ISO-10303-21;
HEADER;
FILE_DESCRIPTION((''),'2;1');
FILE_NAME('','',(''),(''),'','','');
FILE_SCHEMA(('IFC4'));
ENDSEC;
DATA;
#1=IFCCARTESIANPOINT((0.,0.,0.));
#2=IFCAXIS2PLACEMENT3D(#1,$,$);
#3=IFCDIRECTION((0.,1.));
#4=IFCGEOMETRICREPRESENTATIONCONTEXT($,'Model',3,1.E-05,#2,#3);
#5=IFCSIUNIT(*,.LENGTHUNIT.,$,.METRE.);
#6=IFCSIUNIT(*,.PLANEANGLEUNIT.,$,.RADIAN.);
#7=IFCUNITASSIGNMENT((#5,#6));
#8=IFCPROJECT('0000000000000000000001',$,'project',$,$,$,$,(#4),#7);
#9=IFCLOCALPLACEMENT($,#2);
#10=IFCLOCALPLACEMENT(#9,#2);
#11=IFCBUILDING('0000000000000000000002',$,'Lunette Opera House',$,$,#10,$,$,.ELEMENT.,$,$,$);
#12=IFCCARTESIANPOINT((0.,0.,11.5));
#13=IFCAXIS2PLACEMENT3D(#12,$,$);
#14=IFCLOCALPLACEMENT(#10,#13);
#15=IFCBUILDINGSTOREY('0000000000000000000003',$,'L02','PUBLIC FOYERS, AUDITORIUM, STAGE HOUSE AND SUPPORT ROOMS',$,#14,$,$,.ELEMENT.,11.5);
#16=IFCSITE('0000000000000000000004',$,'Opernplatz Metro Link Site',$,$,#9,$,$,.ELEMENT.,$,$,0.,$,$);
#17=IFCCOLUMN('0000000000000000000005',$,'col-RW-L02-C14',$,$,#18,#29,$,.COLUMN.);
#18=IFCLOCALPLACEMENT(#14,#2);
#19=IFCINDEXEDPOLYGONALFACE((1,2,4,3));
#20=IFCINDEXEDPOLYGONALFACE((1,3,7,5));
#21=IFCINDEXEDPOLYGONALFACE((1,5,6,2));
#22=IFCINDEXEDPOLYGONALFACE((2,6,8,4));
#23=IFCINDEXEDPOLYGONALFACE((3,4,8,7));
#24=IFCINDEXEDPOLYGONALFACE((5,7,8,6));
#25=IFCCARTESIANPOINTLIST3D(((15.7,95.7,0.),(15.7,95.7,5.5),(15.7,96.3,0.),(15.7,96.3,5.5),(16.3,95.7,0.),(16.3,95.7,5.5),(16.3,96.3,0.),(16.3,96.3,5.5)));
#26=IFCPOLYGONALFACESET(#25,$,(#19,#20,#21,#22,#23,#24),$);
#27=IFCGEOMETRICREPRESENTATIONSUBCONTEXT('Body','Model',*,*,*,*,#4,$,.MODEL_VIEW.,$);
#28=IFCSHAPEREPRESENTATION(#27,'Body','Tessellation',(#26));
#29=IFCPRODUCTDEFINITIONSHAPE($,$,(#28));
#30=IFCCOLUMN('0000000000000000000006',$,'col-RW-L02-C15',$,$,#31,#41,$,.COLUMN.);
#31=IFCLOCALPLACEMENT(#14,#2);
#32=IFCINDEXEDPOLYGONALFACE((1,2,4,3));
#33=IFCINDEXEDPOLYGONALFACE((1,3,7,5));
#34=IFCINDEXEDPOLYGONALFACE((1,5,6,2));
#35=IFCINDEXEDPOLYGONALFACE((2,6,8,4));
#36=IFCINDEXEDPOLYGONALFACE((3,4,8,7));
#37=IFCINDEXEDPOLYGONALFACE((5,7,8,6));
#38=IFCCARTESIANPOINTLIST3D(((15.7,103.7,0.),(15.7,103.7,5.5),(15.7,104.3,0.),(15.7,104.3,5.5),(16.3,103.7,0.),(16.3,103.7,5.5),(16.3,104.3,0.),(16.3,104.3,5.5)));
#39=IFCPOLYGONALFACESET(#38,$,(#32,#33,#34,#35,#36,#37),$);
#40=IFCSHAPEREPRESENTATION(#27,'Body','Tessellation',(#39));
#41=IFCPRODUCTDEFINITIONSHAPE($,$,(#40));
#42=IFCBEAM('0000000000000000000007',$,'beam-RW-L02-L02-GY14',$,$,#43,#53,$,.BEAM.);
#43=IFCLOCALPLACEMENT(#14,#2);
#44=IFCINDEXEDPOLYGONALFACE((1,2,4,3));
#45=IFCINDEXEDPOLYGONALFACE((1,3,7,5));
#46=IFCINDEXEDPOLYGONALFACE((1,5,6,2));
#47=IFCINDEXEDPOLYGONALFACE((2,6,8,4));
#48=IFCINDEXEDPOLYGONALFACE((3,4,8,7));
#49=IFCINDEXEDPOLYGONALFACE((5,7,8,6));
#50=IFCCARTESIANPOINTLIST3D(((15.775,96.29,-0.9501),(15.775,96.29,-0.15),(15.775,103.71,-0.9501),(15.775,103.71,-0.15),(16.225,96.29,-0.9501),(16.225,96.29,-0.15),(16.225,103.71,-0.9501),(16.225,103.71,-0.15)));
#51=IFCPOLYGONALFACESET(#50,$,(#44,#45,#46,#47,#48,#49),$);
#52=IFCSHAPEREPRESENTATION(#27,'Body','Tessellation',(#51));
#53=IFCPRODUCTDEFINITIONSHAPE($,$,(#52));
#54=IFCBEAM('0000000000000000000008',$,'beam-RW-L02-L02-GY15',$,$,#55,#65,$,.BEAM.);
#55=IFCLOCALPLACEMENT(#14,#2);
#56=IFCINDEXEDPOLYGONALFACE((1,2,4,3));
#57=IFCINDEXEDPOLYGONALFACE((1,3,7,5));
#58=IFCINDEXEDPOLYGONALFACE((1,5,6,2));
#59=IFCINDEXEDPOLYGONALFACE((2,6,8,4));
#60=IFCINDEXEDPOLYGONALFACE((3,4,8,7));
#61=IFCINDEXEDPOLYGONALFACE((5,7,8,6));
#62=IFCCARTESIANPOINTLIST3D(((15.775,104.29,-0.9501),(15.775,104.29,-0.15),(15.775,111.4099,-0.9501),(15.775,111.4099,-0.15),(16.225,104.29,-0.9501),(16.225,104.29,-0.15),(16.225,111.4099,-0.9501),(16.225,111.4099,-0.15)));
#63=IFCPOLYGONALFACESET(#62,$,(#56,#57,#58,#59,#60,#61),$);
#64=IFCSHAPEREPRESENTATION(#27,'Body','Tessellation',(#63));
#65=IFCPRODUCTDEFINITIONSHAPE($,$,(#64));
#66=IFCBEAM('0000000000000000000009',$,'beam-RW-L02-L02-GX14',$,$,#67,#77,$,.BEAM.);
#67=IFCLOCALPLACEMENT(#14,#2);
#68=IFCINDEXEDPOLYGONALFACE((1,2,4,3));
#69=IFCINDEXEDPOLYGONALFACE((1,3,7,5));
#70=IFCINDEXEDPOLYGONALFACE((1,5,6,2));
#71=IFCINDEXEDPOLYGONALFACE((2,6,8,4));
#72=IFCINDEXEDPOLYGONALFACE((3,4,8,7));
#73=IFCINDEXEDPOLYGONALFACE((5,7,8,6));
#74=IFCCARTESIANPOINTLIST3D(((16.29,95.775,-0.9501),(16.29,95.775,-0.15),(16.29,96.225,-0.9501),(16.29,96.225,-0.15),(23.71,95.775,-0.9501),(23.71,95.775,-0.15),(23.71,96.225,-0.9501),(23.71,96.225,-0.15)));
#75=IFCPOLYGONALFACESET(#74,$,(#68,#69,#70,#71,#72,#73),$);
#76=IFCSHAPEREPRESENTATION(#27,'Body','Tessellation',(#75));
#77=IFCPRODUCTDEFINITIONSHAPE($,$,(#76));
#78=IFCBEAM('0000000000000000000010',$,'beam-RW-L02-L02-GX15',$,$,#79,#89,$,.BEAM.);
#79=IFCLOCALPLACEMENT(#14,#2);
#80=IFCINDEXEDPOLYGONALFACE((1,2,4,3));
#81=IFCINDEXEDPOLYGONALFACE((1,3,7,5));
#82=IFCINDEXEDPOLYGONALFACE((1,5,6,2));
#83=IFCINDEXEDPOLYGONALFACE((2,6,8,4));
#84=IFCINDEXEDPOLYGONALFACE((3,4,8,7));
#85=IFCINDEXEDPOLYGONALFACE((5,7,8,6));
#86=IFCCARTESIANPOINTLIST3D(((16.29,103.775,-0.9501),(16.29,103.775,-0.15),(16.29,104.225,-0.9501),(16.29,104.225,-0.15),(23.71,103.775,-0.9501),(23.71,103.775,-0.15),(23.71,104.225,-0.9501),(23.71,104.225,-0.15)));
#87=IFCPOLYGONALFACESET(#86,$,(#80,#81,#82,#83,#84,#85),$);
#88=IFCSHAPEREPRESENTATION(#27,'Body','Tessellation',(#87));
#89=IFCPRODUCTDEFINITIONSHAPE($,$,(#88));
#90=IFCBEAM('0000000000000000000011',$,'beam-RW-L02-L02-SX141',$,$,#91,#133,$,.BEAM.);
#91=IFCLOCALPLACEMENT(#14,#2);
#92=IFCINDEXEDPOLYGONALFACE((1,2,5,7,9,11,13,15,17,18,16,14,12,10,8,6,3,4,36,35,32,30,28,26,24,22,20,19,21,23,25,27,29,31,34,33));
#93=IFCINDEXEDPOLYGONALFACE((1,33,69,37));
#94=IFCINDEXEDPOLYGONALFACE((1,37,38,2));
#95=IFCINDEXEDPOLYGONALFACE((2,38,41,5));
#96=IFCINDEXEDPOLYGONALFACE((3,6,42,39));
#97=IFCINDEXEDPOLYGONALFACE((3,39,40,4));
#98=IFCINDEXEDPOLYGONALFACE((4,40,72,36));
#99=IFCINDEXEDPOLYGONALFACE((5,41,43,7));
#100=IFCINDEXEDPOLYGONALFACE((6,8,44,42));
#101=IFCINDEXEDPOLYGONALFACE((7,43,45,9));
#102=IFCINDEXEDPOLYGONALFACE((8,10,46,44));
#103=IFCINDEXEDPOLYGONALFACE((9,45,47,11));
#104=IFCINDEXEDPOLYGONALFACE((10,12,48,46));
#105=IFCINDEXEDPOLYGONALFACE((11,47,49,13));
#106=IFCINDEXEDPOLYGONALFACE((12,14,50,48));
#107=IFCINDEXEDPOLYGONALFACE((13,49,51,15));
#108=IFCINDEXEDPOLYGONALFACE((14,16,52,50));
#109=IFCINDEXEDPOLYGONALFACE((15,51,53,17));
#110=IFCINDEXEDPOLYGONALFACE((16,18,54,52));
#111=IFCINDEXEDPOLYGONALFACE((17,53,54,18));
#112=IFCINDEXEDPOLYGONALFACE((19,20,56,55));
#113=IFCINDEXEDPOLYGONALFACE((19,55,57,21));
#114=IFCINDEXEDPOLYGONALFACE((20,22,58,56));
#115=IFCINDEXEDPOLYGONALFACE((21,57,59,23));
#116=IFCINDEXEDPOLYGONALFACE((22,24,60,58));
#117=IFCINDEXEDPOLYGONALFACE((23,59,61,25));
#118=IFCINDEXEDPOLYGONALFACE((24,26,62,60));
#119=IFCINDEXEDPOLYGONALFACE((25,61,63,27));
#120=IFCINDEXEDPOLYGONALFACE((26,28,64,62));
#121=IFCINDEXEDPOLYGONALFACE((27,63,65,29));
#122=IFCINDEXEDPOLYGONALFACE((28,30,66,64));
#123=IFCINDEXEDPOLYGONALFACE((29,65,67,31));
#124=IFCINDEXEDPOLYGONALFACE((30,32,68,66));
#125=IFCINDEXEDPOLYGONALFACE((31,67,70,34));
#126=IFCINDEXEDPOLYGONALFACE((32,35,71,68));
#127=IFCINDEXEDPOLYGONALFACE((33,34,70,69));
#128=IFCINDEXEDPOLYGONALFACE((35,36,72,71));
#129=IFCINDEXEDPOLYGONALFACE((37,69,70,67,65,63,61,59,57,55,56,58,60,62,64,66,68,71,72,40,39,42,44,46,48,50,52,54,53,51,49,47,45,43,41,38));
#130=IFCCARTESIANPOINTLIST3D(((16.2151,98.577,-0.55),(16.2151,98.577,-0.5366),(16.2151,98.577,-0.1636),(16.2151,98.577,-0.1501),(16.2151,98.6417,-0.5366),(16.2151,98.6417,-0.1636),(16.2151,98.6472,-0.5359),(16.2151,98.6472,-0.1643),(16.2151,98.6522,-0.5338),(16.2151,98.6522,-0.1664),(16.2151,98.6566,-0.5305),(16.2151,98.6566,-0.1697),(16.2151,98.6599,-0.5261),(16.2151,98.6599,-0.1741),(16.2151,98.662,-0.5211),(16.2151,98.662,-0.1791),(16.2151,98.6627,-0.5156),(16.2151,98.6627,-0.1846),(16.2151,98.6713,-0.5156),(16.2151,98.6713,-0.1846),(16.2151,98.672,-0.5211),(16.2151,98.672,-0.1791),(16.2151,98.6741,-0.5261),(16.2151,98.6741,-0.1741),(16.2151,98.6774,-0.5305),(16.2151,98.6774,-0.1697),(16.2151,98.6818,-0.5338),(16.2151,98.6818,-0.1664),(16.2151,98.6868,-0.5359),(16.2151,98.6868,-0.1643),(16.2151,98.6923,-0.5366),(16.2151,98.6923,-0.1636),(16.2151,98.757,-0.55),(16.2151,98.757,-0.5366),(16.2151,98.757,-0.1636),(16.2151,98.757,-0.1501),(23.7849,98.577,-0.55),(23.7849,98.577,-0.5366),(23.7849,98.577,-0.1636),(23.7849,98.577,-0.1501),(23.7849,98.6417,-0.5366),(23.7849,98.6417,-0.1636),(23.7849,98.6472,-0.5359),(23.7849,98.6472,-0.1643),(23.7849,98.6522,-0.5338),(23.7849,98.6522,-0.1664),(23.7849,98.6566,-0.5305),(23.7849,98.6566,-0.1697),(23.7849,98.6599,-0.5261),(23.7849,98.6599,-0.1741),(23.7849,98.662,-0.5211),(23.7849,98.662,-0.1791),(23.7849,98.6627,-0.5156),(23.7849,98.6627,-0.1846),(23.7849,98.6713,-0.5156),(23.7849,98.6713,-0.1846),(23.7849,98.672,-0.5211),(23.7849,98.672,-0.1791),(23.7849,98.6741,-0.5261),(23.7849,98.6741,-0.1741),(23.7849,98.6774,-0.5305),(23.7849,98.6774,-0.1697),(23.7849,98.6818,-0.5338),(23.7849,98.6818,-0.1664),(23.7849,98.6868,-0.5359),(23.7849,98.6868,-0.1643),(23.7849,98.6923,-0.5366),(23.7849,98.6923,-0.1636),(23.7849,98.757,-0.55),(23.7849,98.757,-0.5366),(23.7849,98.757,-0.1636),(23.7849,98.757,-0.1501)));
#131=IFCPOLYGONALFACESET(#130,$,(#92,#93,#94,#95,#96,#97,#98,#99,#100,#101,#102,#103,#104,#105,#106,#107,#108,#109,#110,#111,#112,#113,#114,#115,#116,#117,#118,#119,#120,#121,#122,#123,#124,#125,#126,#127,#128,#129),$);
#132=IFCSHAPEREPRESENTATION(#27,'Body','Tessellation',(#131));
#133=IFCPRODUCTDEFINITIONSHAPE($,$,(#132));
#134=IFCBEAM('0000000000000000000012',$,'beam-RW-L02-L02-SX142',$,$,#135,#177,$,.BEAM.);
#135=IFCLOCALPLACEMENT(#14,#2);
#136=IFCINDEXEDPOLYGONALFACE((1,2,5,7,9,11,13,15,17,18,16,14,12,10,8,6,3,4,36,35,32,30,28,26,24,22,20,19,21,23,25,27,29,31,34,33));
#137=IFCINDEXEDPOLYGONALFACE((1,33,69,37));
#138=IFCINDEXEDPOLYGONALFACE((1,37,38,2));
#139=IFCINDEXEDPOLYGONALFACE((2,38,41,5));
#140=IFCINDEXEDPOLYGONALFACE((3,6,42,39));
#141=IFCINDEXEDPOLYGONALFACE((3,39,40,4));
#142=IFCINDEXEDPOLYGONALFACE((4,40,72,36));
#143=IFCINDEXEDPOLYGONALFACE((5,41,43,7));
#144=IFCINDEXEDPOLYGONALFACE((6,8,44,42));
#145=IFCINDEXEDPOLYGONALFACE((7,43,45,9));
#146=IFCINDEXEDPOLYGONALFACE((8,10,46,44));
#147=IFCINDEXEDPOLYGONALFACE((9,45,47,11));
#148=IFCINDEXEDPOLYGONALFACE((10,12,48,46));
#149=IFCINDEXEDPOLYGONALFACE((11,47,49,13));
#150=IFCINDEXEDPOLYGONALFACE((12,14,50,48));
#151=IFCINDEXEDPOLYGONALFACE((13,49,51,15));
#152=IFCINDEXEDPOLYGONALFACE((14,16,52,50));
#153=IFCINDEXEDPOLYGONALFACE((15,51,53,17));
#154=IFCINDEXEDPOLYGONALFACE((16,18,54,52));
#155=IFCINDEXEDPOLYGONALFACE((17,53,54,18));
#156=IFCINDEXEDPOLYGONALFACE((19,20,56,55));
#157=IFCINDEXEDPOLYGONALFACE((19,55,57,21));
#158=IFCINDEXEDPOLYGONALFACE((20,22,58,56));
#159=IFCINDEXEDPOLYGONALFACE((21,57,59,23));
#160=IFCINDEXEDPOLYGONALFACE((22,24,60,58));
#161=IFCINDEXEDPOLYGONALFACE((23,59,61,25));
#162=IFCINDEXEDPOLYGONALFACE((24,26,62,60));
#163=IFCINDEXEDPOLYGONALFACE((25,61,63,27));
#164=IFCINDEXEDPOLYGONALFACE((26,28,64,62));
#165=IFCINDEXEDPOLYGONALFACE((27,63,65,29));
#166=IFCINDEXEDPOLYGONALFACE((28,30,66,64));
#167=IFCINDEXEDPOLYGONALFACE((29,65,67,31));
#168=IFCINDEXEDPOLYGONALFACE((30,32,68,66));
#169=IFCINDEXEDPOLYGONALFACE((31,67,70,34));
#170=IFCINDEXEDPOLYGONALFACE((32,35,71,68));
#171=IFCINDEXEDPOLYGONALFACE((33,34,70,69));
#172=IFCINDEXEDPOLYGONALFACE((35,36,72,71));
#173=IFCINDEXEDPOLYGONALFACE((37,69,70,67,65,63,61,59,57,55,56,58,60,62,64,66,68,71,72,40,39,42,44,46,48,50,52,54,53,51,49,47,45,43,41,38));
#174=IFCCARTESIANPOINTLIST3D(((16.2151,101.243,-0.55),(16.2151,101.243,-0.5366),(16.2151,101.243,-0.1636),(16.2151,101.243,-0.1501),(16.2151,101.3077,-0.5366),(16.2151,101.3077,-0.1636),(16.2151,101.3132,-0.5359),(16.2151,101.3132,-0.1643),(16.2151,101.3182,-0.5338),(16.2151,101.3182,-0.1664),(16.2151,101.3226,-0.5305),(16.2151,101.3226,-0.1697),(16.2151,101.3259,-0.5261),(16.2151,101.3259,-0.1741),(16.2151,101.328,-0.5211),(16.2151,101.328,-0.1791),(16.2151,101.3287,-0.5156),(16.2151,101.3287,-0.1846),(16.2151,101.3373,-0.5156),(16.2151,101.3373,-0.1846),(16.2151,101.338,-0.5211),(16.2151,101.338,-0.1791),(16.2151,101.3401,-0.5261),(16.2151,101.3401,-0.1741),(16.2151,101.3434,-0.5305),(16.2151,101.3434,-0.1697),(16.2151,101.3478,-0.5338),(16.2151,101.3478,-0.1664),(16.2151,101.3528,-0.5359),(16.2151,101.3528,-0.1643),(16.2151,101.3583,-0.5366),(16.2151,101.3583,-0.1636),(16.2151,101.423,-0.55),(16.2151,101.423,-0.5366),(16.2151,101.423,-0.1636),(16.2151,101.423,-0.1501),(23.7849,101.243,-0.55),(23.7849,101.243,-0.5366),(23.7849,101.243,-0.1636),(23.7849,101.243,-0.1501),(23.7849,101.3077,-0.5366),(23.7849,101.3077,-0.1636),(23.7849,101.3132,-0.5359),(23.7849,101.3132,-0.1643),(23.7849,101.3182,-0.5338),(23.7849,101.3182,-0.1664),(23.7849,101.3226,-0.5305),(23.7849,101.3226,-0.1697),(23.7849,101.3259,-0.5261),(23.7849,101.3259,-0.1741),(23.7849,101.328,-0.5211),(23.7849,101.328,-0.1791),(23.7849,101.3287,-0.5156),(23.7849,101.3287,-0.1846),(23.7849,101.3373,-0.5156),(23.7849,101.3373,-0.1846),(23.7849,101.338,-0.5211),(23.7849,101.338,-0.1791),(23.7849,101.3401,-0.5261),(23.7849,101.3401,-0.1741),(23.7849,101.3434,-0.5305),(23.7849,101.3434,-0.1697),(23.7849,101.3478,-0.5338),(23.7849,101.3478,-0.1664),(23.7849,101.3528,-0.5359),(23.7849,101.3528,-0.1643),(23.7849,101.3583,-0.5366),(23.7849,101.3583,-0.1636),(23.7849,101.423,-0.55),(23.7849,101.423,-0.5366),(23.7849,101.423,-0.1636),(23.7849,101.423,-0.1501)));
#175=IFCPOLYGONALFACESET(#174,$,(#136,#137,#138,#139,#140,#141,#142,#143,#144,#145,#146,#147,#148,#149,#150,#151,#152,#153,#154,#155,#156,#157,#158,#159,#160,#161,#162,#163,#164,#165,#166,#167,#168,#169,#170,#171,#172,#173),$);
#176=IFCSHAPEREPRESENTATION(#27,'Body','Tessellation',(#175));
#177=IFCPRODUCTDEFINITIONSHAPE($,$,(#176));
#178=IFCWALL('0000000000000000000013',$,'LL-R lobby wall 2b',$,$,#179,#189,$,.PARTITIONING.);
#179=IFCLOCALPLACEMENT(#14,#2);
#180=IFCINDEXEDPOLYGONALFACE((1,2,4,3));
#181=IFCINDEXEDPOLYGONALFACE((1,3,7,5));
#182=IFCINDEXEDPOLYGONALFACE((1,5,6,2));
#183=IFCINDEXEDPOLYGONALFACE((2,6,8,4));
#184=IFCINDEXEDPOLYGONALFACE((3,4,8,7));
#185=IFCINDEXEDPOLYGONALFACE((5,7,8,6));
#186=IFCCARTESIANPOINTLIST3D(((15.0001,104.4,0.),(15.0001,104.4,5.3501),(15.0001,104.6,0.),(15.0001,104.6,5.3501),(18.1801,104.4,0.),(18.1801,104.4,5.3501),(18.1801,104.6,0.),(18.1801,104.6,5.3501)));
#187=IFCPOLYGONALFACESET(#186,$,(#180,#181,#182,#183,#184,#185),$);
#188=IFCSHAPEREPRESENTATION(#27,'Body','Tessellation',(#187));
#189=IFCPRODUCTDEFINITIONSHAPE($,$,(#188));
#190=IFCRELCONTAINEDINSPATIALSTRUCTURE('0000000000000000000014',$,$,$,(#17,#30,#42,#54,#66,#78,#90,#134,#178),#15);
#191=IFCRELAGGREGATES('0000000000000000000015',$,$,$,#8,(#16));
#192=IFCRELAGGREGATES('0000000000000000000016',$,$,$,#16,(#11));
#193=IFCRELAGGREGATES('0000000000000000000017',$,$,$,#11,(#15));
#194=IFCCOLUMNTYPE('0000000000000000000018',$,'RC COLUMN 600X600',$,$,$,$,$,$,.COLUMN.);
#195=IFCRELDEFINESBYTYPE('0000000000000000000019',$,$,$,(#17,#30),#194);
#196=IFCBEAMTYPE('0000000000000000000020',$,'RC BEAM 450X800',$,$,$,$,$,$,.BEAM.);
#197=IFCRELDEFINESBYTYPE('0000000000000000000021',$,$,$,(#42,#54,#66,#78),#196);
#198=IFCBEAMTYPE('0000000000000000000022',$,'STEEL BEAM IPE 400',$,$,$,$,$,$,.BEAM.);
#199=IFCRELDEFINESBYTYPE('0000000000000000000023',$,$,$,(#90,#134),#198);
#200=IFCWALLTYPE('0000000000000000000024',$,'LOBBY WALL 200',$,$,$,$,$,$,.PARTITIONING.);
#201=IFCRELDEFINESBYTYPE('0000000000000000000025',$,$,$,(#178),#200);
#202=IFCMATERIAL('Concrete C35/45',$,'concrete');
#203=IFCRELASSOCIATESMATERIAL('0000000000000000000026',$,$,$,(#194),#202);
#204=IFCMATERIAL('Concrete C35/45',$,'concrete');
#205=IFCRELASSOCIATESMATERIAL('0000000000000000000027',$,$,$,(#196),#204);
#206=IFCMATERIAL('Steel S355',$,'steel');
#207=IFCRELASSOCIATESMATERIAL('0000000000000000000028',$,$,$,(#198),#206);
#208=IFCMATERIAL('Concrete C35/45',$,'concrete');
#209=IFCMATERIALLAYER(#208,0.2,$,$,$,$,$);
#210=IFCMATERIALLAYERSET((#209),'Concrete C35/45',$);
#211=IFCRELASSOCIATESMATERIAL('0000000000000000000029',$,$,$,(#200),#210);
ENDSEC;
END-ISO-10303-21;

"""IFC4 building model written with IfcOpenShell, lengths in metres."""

from ifc_helpers import new_model, si_unit, direction, frame, frame_2d, origin, origin_2d, place, context, subcontext, project, spatial, rectangle, i_section, extrude, material, layer, layer_set, material_profile, profile_set, type_object, element, save


model = new_model("IFC4")

# Units and contexts
model_context = context("Model", 3, precision=1e-05, world=origin(), true_north=direction((0.0, 1.0)))
body_context = subcontext(model_context, "Body", "Model", "MODEL_VIEW")
ifc_project = project(units=[si_unit("LENGTHUNIT", "METRE"), si_unit("PLANEANGLEUNIT", "RADIAN")], contexts=[model_context])

# Site, building, storey
site_placement = place(None, origin())
site = spatial("IfcSite", under=ifc_project, at=site_placement, Name="Opernplatz Metro Link Site", CompositionType="ELEMENT", RefElevation=0.0)
building_placement = place(site_placement, origin())
building = spatial("IfcBuilding", under=site, at=building_placement, Name="Lunette Opera House", CompositionType="ELEMENT")
storey_placement = place(building_placement, frame((0.0, 0.0, 11.5)))
storey = spatial("IfcBuildingStorey", under=building, at=storey_placement, Name="L02", Description="PUBLIC FOYERS, AUDITORIUM, STAGE HOUSE AND SUPPORT ROOMS", CompositionType="ELEMENT", Elevation=11.5)

# Columns
ifc_material_1 = material(Name="Concrete C35/45", Category="concrete")
ifc_material_profile_1 = material_profile(ifc_material_1, rectangle(XDim=0.6001, YDim=0.6001, at=origin_2d()), Name="RC COLUMN 600X600")
ifc_profile_set_1 = profile_set([ifc_material_profile_1], Name="Concrete C35/45")
column_type = type_object("IfcColumnType", Name="RC COLUMN 600X600", PredefinedType="COLUMN", material=ifc_profile_set_1)
for number, where, z_axis, x_axis, name in (
    (1, (16.0, 96.0, 0.0), (0.0, 0.0, 1.0), (1.0, 0.0, 0.0), "col-RW-L02-C14"),
    (2, (16.0, 104.0, 0.0), (0.0, 0.0, 1.0), (1.0, 0.0, 0.0), "col-RW-L02-C15"),
):
    element("IfcColumn", number, at=place(storey_placement, frame(where, z_axis=z_axis, x_axis=x_axis)), inside=storey, type_object=column_type, Name=name, PredefinedType="COLUMN", context=body_context, shape_type="SweptSolid", body=[
        extrude(rectangle(XDim=0.6001, YDim=0.6001, at=origin_2d()), origin(), (0.0, 0.0, 1.0), 5.5),
    ])

# Beams
ifc_material_2 = material(Name="Concrete C35/45", Category="concrete")
ifc_material_profile_2 = material_profile(ifc_material_2, rectangle(XDim=0.45, YDim=0.8, at=origin_2d()), Name="RC BEAM 450X800")
ifc_profile_set_2 = profile_set([ifc_material_profile_2], Name="Concrete C35/45")
beam_type_1 = type_object("IfcBeamType", Name="RC BEAM 450X800", PredefinedType="BEAM", material=ifc_profile_set_2)
beam_1_placement = place(storey_placement, frame((16.0, 96.29, -0.55), z_axis=(0.0, 1.0, 0.0), x_axis=(-1.0, 0.0, 0.0)))
element("IfcBeam", 3, at=beam_1_placement, inside=storey, type_object=beam_type_1, Name="beam-RW-L02-L02-GY14", PredefinedType="BEAM", context=body_context, shape_type="SweptSolid", body=[
    extrude(rectangle(XDim=0.45, YDim=0.8, at=origin_2d()), origin(), (0.0, 0.0, 1.0), 7.4199),
])
beam_2_placement = place(storey_placement, frame((16.0, 104.29, -0.55), z_axis=(0.0, 1.0, 0.0), x_axis=(-1.0, 0.0, 0.0)))
element("IfcBeam", 4, at=beam_2_placement, inside=storey, type_object=beam_type_1, Name="beam-RW-L02-L02-GY15", PredefinedType="BEAM", context=body_context, shape_type="SweptSolid", body=[
    extrude(rectangle(XDim=0.45, YDim=0.8, at=origin_2d()), origin(), (0.0, 0.0, 1.0), 7.1199),
])
for number, where, z_axis, x_axis, name in (
    (5, (16.29, 96.0, -0.55), (1.0, 0.0, 0.0), (0.0, 1.0, 0.0), "beam-RW-L02-L02-GX14"),
    (6, (16.29, 104.0, -0.55), (1.0, 0.0, 0.0), (0.0, 1.0, 0.0), "beam-RW-L02-L02-GX15"),
):
    element("IfcBeam", number, at=place(storey_placement, frame(where, z_axis=z_axis, x_axis=x_axis)), inside=storey, type_object=beam_type_1, Name=name, PredefinedType="BEAM", context=body_context, shape_type="SweptSolid", body=[
        extrude(rectangle(XDim=0.45, YDim=0.8, at=origin_2d()), origin(), (0.0, 0.0, 1.0), 7.4199),
    ])
ifc_material_3 = material(Name="Steel S355", Category="steel")
ifc_material_profile_3 = material_profile(ifc_material_3, i_section(OverallWidth=0.1799, OverallDepth=0.3999, WebThickness=0.0085, FlangeThickness=0.0134, FilletRadius=0.021, at=origin_2d()), Name="IPE 400")
ifc_profile_set_3 = profile_set([ifc_material_profile_3], Name="Steel S355")
beam_type_2 = type_object("IfcBeamType", Name="STEEL BEAM IPE 400", PredefinedType="BEAM", material=ifc_profile_set_3)
for number, where, z_axis, x_axis, name in (
    (7, (16.2151, 98.667, -0.3501), (1.0, 0.0, 0.0), (0.0, 1.0, 0.0), "beam-RW-L02-L02-SX141"),
    (8, (16.2151, 101.333, -0.3501), (1.0, 0.0, 0.0), (0.0, 1.0, 0.0), "beam-RW-L02-L02-SX142"),
):
    element("IfcBeam", number, at=place(storey_placement, frame(where, z_axis=z_axis, x_axis=x_axis)), inside=storey, type_object=beam_type_2, Name=name, PredefinedType="BEAM", context=body_context, shape_type="SweptSolid", body=[
        extrude(i_section(OverallWidth=0.1799, OverallDepth=0.3999, WebThickness=0.0085, FlangeThickness=0.0134, FilletRadius=0.021, at=origin_2d()), origin(), (0.0, 0.0, 1.0), 7.5698),
    ])

# Wall
ifc_material_4 = material(Name="Concrete C35/45", Category="concrete")
ifc_layer_1 = layer(ifc_material_4, 0.2)
ifc_layer_set_1 = layer_set([ifc_layer_1], Name="Concrete C35/45")
wall_type_1 = type_object("IfcWallType", Name="LOBBY WALL 200", PredefinedType="PARTITIONING", material=ifc_layer_set_1)
wall_1_placement = place(storey_placement, frame((18.1799, 104.5, 0.0), z_axis=(0.0, 0.0, 1.0), x_axis=(-1.0, 0.0, 0.0)))
element("IfcWall", 9, at=wall_1_placement, inside=storey, type_object=wall_type_1, Name="LL-R lobby wall 2b", PredefinedType="PARTITIONING", context=body_context, shape_type="SweptSolid", body=[
    extrude(rectangle(XDim=3.1799, YDim=0.2, at=frame_2d((1.5898, 0.0))), origin(), (0.0, 0.0, 1.0), 5.3501),
])

save(model, "model.ifc")
